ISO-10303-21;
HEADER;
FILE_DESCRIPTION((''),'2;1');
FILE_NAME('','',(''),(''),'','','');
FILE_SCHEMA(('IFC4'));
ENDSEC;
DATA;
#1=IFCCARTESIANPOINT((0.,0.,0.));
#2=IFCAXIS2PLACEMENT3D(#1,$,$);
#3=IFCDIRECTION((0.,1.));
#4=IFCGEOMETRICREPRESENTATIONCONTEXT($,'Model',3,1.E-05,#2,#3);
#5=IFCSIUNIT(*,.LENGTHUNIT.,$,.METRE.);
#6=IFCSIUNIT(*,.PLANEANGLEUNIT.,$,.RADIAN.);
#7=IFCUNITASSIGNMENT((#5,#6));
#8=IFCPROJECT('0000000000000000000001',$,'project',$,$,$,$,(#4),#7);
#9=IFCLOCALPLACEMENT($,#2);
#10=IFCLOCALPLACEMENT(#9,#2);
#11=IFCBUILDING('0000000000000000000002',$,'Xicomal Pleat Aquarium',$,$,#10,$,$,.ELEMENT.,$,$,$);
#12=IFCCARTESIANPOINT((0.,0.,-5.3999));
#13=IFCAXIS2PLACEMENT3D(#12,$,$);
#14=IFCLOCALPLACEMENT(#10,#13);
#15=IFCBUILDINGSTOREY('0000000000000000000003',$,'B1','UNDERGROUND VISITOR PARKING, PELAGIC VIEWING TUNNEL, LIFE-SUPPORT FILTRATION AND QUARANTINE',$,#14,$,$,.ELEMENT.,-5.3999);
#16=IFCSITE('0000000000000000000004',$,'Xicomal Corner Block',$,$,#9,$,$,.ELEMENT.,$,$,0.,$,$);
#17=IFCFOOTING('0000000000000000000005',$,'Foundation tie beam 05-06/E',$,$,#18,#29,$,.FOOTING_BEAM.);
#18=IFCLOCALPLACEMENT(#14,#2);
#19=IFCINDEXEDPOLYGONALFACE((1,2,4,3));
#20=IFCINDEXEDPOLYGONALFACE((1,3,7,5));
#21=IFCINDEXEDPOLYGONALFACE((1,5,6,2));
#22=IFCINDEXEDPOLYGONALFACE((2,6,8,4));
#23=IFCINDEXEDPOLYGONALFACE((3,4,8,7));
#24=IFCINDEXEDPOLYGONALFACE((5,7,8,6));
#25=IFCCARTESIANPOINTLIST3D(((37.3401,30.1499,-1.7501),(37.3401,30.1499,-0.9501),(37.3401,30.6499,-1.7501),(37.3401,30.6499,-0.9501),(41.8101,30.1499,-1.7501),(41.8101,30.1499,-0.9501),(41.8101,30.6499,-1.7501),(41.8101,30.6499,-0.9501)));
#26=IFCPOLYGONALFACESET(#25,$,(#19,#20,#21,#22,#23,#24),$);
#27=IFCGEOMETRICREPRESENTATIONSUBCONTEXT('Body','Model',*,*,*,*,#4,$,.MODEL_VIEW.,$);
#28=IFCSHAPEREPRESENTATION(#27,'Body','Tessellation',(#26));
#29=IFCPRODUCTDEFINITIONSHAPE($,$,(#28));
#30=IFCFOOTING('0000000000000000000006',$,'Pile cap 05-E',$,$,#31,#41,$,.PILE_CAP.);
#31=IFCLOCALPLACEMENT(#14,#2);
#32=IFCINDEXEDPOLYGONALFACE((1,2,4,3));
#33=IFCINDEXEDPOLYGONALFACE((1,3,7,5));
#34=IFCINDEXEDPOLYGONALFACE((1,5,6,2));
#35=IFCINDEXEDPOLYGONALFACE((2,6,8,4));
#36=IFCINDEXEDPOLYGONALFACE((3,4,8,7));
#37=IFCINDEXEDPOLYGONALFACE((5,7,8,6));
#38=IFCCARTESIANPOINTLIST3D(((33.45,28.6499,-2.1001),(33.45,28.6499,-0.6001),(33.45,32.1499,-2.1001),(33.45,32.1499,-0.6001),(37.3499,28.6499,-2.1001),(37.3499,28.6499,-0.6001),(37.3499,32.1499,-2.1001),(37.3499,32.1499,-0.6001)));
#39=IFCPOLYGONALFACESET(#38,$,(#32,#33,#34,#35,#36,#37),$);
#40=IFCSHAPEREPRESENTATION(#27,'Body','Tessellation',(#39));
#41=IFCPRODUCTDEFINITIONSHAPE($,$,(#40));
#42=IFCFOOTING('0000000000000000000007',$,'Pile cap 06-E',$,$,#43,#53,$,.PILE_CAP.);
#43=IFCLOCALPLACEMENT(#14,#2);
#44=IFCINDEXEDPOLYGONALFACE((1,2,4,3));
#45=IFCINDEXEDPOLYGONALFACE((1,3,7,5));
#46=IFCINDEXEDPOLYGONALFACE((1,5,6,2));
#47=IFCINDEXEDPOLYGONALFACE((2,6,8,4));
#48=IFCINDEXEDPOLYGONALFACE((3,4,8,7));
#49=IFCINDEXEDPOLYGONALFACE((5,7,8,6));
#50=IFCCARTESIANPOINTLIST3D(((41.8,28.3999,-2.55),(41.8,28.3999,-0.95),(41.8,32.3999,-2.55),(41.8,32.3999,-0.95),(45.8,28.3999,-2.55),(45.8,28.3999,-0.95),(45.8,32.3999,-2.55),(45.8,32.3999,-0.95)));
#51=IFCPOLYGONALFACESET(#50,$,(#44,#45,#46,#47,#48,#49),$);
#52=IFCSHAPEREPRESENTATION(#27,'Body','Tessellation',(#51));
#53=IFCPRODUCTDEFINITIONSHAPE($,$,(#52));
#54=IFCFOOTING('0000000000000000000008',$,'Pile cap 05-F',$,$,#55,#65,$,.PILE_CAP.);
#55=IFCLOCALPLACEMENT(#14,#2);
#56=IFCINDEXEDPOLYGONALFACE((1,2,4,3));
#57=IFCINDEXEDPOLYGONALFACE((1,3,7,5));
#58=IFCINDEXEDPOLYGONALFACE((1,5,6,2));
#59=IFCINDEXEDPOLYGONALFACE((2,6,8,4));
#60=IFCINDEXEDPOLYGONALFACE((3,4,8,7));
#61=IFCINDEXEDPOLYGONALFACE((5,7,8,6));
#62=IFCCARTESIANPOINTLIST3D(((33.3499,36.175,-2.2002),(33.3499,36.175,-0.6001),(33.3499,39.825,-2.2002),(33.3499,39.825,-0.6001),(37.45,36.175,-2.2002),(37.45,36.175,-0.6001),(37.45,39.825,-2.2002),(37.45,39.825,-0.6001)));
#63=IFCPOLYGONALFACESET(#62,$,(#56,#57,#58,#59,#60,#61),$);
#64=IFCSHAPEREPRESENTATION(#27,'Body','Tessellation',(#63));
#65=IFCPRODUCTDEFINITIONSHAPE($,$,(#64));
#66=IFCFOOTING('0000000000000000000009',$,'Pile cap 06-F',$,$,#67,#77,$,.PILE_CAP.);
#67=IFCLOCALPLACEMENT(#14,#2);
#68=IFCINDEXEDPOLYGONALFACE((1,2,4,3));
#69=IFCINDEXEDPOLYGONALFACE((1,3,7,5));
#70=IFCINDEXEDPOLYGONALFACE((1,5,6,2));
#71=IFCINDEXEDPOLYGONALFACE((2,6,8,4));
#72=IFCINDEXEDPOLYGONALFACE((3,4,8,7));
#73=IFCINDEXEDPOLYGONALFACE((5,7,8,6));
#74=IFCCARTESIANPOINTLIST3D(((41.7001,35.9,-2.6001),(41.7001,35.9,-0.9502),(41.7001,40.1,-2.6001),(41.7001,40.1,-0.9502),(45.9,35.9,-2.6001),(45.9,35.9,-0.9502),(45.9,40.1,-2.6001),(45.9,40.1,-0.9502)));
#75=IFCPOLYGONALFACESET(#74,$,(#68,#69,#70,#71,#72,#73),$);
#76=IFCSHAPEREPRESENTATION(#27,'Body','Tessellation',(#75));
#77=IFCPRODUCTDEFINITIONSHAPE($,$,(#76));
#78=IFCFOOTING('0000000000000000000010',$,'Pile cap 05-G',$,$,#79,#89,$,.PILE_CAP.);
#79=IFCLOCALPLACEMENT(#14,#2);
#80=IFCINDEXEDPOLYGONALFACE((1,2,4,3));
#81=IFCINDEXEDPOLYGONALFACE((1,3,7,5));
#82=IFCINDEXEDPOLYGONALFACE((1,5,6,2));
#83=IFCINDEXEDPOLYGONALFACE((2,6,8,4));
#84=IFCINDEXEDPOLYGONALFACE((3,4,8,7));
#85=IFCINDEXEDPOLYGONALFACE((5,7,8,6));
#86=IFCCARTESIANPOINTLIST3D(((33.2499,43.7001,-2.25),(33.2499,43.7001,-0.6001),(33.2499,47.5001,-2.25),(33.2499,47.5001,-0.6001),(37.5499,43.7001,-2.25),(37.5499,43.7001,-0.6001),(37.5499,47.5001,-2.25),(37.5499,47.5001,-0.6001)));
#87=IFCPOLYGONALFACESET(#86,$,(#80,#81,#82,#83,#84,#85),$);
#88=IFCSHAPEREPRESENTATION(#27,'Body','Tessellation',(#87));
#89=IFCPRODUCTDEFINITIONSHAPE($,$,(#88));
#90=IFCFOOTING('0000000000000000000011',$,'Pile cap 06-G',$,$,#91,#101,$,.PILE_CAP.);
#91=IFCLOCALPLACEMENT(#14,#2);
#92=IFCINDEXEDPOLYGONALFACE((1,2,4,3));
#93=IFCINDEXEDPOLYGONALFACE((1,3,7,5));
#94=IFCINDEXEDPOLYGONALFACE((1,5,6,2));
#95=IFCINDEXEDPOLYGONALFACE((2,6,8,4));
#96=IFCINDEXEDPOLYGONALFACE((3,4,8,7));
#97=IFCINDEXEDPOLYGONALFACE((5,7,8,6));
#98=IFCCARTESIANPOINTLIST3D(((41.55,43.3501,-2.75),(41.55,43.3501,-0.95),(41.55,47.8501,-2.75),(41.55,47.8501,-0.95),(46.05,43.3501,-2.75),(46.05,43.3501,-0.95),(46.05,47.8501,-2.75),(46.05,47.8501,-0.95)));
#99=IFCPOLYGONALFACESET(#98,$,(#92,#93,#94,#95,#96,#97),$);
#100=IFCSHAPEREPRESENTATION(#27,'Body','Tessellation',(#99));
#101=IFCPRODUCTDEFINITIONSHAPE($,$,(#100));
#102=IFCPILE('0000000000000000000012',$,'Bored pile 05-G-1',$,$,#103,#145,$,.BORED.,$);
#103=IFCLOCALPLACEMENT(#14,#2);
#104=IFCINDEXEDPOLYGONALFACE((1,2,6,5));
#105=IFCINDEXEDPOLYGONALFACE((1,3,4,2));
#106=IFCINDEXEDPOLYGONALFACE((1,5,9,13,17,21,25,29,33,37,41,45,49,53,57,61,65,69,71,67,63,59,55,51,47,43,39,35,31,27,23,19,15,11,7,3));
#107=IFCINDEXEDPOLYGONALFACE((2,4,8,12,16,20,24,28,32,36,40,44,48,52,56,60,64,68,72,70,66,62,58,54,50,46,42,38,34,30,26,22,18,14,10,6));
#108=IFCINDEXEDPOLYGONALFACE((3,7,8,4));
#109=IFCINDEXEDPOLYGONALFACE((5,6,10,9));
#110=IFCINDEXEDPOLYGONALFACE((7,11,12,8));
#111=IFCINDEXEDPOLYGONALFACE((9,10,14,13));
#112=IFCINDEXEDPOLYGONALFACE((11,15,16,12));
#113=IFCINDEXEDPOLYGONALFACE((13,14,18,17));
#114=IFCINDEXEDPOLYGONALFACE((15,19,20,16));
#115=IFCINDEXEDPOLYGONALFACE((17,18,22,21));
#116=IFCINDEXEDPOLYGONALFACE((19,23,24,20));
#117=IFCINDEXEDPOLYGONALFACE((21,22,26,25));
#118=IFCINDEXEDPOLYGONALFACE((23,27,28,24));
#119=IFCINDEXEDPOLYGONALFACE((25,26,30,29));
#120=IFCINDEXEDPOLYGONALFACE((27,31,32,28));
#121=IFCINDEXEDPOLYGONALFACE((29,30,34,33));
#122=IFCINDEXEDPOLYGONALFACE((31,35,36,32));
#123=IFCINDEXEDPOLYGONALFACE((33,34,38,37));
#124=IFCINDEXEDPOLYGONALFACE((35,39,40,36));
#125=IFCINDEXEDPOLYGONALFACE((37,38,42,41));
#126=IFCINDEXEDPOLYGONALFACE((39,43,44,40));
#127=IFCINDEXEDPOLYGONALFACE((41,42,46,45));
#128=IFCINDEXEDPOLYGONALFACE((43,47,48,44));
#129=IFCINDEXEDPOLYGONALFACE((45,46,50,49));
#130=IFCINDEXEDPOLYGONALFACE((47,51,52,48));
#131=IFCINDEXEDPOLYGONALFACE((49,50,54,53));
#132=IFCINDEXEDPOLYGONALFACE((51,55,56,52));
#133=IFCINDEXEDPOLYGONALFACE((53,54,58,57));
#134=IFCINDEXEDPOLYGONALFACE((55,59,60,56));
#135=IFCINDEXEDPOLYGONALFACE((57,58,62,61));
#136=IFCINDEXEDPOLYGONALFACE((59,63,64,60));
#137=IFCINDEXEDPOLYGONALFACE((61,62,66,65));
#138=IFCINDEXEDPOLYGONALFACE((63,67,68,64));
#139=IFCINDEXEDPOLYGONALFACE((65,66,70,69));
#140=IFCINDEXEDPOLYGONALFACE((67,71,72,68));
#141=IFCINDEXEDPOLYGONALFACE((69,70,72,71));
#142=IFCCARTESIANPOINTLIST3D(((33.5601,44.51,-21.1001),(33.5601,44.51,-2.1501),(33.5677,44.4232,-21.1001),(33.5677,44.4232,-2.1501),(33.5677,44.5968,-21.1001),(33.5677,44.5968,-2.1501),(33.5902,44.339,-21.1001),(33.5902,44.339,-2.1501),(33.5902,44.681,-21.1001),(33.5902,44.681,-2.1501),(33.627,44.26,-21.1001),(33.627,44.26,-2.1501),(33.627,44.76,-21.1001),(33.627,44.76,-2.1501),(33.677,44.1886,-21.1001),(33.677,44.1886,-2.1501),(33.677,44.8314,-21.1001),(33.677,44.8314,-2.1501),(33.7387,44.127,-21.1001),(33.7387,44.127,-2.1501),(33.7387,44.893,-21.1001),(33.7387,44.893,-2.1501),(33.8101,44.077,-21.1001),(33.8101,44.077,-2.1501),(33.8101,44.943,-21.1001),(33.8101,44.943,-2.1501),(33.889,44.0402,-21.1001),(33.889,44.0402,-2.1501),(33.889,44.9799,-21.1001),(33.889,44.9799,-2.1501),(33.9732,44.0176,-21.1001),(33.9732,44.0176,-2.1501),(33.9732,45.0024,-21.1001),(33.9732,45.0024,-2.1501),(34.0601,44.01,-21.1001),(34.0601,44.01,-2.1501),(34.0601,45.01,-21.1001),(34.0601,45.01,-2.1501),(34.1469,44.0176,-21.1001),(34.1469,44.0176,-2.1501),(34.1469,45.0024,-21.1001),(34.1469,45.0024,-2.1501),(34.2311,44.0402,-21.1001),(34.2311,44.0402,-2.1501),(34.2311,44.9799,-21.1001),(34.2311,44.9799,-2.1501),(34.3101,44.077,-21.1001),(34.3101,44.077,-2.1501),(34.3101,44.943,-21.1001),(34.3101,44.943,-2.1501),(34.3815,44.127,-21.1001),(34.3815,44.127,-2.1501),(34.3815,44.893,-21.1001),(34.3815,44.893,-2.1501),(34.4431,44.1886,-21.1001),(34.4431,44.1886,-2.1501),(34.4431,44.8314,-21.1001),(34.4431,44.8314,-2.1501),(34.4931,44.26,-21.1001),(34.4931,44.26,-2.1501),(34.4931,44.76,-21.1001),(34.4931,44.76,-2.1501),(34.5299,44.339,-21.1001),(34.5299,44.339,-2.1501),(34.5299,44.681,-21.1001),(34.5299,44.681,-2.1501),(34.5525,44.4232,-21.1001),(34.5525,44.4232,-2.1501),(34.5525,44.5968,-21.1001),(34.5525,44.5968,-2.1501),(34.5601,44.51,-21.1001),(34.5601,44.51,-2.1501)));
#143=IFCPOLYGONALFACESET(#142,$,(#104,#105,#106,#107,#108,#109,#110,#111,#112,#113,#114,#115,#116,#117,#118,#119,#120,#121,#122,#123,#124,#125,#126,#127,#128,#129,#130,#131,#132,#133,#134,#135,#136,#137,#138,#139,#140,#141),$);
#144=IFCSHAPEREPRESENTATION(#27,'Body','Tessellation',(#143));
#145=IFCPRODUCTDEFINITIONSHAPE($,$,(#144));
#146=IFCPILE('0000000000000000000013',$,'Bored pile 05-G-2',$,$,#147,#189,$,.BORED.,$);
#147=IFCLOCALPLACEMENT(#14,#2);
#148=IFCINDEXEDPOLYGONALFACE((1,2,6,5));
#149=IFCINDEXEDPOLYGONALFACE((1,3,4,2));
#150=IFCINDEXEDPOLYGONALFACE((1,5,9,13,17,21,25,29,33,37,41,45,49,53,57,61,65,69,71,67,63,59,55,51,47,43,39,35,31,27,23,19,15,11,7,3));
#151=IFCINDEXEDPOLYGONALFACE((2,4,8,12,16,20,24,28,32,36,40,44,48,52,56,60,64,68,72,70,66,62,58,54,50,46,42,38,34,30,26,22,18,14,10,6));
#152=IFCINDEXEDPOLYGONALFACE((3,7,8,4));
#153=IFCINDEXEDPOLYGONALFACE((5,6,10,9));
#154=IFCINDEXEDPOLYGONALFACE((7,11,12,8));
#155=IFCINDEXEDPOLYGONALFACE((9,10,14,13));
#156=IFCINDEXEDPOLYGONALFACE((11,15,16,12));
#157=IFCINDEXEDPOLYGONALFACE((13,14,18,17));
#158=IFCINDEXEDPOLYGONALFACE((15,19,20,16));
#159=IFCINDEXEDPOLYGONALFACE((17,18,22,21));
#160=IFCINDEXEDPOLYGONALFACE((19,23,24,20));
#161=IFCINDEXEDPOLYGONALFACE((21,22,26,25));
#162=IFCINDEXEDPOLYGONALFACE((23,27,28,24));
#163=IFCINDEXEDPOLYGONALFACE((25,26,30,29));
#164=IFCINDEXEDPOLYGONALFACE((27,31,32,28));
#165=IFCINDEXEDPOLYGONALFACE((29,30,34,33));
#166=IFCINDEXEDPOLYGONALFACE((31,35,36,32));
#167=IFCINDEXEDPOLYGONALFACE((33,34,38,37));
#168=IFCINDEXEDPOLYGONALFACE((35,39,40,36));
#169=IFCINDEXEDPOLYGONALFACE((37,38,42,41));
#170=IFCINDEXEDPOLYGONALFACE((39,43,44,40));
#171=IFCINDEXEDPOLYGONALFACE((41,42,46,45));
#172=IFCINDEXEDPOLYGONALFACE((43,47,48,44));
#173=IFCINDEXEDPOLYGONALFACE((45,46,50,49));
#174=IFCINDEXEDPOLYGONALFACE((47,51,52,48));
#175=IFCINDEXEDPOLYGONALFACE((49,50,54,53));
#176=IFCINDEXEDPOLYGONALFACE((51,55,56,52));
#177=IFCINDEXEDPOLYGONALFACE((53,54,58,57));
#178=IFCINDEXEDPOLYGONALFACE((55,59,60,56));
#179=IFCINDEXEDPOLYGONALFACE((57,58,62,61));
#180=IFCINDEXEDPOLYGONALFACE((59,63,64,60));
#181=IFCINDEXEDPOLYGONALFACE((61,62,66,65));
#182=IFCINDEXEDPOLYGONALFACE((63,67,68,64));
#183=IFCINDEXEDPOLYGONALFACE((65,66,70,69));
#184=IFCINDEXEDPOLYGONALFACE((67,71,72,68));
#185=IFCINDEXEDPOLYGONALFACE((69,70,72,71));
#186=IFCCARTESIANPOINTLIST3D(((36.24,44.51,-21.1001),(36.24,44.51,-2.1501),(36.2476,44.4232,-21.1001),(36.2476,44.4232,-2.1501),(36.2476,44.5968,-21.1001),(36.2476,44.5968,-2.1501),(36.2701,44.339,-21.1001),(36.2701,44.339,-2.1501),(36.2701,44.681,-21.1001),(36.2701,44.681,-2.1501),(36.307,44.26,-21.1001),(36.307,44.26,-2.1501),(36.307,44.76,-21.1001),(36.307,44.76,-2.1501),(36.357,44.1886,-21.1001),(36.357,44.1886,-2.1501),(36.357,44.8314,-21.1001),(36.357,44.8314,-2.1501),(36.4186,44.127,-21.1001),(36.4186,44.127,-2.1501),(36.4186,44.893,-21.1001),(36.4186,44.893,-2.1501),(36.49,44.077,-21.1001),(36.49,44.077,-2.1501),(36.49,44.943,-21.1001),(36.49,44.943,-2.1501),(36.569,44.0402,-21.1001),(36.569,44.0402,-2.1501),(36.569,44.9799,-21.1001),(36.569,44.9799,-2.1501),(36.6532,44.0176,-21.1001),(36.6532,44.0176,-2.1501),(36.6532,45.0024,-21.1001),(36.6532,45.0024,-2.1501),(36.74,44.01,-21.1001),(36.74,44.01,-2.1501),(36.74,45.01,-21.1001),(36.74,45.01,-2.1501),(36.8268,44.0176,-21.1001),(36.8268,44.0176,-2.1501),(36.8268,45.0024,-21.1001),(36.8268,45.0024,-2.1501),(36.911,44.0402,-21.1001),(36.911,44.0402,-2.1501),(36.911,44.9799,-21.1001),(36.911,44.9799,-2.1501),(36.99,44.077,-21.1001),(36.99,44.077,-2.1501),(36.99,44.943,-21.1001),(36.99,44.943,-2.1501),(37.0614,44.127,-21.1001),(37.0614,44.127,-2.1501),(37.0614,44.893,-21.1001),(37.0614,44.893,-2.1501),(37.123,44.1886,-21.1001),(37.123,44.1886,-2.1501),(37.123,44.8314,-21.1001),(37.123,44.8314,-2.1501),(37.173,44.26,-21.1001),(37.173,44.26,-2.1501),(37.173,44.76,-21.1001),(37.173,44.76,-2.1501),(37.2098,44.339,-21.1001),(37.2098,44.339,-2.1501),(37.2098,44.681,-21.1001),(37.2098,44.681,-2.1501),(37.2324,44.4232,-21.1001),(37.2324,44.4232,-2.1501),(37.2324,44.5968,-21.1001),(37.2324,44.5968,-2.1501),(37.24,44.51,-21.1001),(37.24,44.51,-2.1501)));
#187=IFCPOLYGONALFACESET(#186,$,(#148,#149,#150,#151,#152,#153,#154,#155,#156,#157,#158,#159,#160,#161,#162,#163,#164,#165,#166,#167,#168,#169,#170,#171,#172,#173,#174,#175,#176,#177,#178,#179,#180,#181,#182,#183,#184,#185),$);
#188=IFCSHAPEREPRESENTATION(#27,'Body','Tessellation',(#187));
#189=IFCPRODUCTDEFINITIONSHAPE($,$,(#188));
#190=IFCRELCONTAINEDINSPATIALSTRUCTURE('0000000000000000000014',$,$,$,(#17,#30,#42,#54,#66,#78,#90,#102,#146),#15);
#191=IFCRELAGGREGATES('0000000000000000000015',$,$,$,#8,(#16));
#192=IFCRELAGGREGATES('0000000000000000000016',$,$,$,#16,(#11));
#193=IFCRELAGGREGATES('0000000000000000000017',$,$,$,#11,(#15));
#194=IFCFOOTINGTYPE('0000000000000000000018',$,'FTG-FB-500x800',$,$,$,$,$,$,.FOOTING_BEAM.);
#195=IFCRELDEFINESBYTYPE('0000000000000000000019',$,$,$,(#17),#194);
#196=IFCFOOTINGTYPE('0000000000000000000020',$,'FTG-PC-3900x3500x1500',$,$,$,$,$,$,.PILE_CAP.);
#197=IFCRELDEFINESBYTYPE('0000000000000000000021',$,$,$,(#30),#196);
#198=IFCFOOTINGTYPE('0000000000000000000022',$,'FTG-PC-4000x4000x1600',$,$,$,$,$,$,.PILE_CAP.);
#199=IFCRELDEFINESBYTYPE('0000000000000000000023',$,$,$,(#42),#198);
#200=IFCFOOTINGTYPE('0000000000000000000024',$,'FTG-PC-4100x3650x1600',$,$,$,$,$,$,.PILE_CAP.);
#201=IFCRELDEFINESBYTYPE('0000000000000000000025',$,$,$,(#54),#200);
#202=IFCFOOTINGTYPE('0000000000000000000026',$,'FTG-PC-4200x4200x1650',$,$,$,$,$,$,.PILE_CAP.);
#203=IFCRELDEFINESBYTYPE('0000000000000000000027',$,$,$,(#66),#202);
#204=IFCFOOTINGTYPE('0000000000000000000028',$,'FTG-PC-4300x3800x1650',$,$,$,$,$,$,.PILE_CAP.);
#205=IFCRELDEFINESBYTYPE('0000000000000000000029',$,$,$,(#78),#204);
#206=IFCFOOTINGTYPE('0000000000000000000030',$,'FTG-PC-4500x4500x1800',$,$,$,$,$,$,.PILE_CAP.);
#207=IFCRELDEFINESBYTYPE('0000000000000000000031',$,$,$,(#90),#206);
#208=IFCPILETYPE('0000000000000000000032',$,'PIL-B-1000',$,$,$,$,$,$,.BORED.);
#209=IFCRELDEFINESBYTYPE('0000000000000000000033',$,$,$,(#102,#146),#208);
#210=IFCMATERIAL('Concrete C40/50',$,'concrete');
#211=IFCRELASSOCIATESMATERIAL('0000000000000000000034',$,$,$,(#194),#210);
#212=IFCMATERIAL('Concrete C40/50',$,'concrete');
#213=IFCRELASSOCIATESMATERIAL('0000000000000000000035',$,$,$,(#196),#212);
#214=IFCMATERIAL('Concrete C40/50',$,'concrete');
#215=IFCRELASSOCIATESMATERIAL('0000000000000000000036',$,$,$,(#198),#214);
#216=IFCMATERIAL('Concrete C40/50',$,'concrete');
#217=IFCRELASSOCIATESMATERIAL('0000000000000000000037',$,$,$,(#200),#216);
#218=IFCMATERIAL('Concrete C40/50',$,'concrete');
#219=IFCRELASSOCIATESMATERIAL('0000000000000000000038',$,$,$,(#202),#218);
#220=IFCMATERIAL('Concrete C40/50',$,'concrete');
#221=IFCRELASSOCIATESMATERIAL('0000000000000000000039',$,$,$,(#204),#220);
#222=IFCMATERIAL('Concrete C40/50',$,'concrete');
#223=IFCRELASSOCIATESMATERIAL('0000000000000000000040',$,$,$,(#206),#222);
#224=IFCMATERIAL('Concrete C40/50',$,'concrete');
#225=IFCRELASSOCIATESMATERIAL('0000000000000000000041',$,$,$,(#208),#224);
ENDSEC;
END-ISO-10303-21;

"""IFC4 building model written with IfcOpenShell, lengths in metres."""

from ifc_helpers import new_model, si_unit, direction, frame, origin, origin_2d, place, context, subcontext, project, spatial, rectangle, circle, extrude, material, material_profile, profile_set, type_object, element, save


model = new_model("IFC4")

# Units and contexts
model_context = context("Model", 3, precision=1e-05, world=origin(), true_north=direction((0.0, 1.0)))
body_context = subcontext(model_context, "Body", "Model", "MODEL_VIEW")
ifc_project = project(units=[si_unit("LENGTHUNIT", "METRE"), si_unit("PLANEANGLEUNIT", "RADIAN")], contexts=[model_context])

# Site, building, storey
site_placement = place(None, origin())
site = spatial("IfcSite", under=ifc_project, at=site_placement, Name="Xicomal Corner Block", CompositionType="ELEMENT", RefElevation=0.0)
building_placement = place(site_placement, origin())
building = spatial("IfcBuilding", under=site, at=building_placement, Name="Xicomal Pleat Aquarium", CompositionType="ELEMENT")
storey_placement = place(building_placement, frame((0.0, 0.0, -5.3999)))
storey = spatial("IfcBuildingStorey", under=building, at=storey_placement, Name="B1", Description="UNDERGROUND VISITOR PARKING, PELAGIC VIEWING TUNNEL, LIFE-SUPPORT FILTRATION AND QUARANTINE", CompositionType="ELEMENT", Elevation=-5.3999)

# Footings
ifc_material_1 = material(Name="Concrete C40/50", Category="concrete")
ifc_material_profile_1 = material_profile(ifc_material_1, rectangle(XDim=0.5, YDim=0.8, at=origin_2d()), Name="FB-01 500x800")
ifc_profile_set_1 = profile_set([ifc_material_profile_1], Name="Concrete C40/50")
footing_type_1 = type_object("IfcFootingType", Name="FTG-FB-500x800", PredefinedType="FOOTING_BEAM", material=ifc_profile_set_1)
footing_1_placement = place(storey_placement, frame((37.3401, 30.3999, -1.3501), z_axis=(1.0, 0.0, 0.0), x_axis=(0.0, 1.0, 0.0)))
element("IfcFooting", 1, at=footing_1_placement, inside=storey, type_object=footing_type_1, Name="Foundation tie beam 05-06/E", PredefinedType="FOOTING_BEAM", context=body_context, shape_type="SweptSolid", body=[
    extrude(rectangle(XDim=0.5, YDim=0.8, at=origin_2d()), origin(), (0.0, 0.0, 1.0), 4.47),
])
ifc_material_2 = material(Name="Concrete C40/50", Category="concrete")
footing_type_2 = type_object("IfcFootingType", Name="FTG-PC-3900x3500x1500", PredefinedType="PILE_CAP", material=ifc_material_2)
footing_2_placement = place(storey_placement, frame((35.3999, 30.3999, -2.1001), z_axis=(0.0, 0.0, 1.0), x_axis=(1.0, 0.0, 0.0)))
element("IfcFooting", 2, at=footing_2_placement, inside=storey, type_object=footing_type_2, Name="Pile cap 05-E", PredefinedType="PILE_CAP", context=body_context, shape_type="SweptSolid", body=[
    extrude(rectangle(XDim=3.8999, YDim=3.5, at=origin_2d()), origin(), (0.0, 0.0, 1.0), 1.5),
])
ifc_material_3 = material(Name="Concrete C40/50", Category="concrete")
footing_type_3 = type_object("IfcFootingType", Name="FTG-PC-4000x4000x1600", PredefinedType="PILE_CAP", material=ifc_material_3)
footing_3_placement = place(storey_placement, frame((43.8, 30.3999, -2.55), z_axis=(0.0, 0.0, 1.0), x_axis=(1.0, 0.0, 0.0)))
element("IfcFooting", 3, at=footing_3_placement, inside=storey, type_object=footing_type_3, Name="Pile cap 06-E", PredefinedType="PILE_CAP", context=body_context, shape_type="SweptSolid", body=[
    extrude(rectangle(XDim=4.0, YDim=4.0, at=origin_2d()), origin(), (0.0, 0.0, 1.0), 1.6001),
])
ifc_material_4 = material(Name="Concrete C40/50", Category="concrete")
footing_type_4 = type_object("IfcFootingType", Name="FTG-PC-4100x3650x1600", PredefinedType="PILE_CAP", material=ifc_material_4)
footing_4_placement = place(storey_placement, frame((35.3999, 38.0, -2.2002), z_axis=(0.0, 0.0, 1.0), x_axis=(1.0, 0.0, 0.0)))
element("IfcFooting", 4, at=footing_4_placement, inside=storey, type_object=footing_type_4, Name="Pile cap 05-F", PredefinedType="PILE_CAP", context=body_context, shape_type="SweptSolid", body=[
    extrude(rectangle(XDim=4.1001, YDim=3.6499, at=origin_2d()), origin(), (0.0, 0.0, 1.0), 1.6001),
])
ifc_material_5 = material(Name="Concrete C40/50", Category="concrete")
footing_type_5 = type_object("IfcFootingType", Name="FTG-PC-4200x4200x1650", PredefinedType="PILE_CAP", material=ifc_material_5)
footing_5_placement = place(storey_placement, frame((43.8, 38.0, -2.6001), z_axis=(0.0, 0.0, 1.0), x_axis=(1.0, 0.0, 0.0)))
element("IfcFooting", 5, at=footing_5_placement, inside=storey, type_object=footing_type_5, Name="Pile cap 06-F", PredefinedType="PILE_CAP", context=body_context, shape_type="SweptSolid", body=[
    extrude(rectangle(XDim=4.2, YDim=4.2, at=origin_2d()), origin(), (0.0, 0.0, 1.0), 1.6499),
])
ifc_material_6 = material(Name="Concrete C40/50", Category="concrete")
footing_type_6 = type_object("IfcFootingType", Name="FTG-PC-4300x3800x1650", PredefinedType="PILE_CAP", material=ifc_material_6)
footing_6_placement = place(storey_placement, frame((35.3999, 45.6001, -2.25), z_axis=(0.0, 0.0, 1.0), x_axis=(1.0, 0.0, 0.0)))
element("IfcFooting", 6, at=footing_6_placement, inside=storey, type_object=footing_type_6, Name="Pile cap 05-G", PredefinedType="PILE_CAP", context=body_context, shape_type="SweptSolid", body=[
    extrude(rectangle(XDim=4.3, YDim=3.8, at=origin_2d()), origin(), (0.0, 0.0, 1.0), 1.6499),
])
ifc_material_7 = material(Name="Concrete C40/50", Category="concrete")
footing_type_7 = type_object("IfcFootingType", Name="FTG-PC-4500x4500x1800", PredefinedType="PILE_CAP", material=ifc_material_7)
footing_7_placement = place(storey_placement, frame((43.8, 45.6001, -2.75), z_axis=(0.0, 0.0, 1.0), x_axis=(1.0, 0.0, 0.0)))
element("IfcFooting", 7, at=footing_7_placement, inside=storey, type_object=footing_type_7, Name="Pile cap 06-G", PredefinedType="PILE_CAP", context=body_context, shape_type="SweptSolid", body=[
    extrude(rectangle(XDim=4.5, YDim=4.5, at=origin_2d()), origin(), (0.0, 0.0, 1.0), 1.8),
])

# Piles
ifc_material_8 = material(Name="Concrete C40/50", Category="concrete")
ifc_material_profile_2 = material_profile(ifc_material_8, circle(Radius=0.5, at=origin_2d()), Name="BORED PILE D1000")
ifc_profile_set_2 = profile_set([ifc_material_profile_2], Name="Concrete C40/50")
pile_type_1 = type_object("IfcPileType", Name="PIL-B-1000", PredefinedType="BORED", material=ifc_profile_set_2)
for number, where, z_axis, x_axis, name in (
    (8, (34.0601, 44.51, -2.1501), (0.0, 0.0, -1.0), (1.0, 0.0, 0.0), "Bored pile 05-G-1"),
    (9, (36.74, 44.51, -2.1501), (0.0, 0.0, -1.0), (1.0, 0.0, 0.0), "Bored pile 05-G-2"),
):
    element("IfcPile", number, at=place(storey_placement, frame(where, z_axis=z_axis, x_axis=x_axis)), inside=storey, type_object=pile_type_1, Name=name, PredefinedType="BORED", context=body_context, shape_type="SweptSolid", body=[
        extrude(circle(Radius=0.5, at=origin_2d()), origin(), (0.0, 0.0, 1.0), 18.95),
    ])

save(model, "model.ifc")
